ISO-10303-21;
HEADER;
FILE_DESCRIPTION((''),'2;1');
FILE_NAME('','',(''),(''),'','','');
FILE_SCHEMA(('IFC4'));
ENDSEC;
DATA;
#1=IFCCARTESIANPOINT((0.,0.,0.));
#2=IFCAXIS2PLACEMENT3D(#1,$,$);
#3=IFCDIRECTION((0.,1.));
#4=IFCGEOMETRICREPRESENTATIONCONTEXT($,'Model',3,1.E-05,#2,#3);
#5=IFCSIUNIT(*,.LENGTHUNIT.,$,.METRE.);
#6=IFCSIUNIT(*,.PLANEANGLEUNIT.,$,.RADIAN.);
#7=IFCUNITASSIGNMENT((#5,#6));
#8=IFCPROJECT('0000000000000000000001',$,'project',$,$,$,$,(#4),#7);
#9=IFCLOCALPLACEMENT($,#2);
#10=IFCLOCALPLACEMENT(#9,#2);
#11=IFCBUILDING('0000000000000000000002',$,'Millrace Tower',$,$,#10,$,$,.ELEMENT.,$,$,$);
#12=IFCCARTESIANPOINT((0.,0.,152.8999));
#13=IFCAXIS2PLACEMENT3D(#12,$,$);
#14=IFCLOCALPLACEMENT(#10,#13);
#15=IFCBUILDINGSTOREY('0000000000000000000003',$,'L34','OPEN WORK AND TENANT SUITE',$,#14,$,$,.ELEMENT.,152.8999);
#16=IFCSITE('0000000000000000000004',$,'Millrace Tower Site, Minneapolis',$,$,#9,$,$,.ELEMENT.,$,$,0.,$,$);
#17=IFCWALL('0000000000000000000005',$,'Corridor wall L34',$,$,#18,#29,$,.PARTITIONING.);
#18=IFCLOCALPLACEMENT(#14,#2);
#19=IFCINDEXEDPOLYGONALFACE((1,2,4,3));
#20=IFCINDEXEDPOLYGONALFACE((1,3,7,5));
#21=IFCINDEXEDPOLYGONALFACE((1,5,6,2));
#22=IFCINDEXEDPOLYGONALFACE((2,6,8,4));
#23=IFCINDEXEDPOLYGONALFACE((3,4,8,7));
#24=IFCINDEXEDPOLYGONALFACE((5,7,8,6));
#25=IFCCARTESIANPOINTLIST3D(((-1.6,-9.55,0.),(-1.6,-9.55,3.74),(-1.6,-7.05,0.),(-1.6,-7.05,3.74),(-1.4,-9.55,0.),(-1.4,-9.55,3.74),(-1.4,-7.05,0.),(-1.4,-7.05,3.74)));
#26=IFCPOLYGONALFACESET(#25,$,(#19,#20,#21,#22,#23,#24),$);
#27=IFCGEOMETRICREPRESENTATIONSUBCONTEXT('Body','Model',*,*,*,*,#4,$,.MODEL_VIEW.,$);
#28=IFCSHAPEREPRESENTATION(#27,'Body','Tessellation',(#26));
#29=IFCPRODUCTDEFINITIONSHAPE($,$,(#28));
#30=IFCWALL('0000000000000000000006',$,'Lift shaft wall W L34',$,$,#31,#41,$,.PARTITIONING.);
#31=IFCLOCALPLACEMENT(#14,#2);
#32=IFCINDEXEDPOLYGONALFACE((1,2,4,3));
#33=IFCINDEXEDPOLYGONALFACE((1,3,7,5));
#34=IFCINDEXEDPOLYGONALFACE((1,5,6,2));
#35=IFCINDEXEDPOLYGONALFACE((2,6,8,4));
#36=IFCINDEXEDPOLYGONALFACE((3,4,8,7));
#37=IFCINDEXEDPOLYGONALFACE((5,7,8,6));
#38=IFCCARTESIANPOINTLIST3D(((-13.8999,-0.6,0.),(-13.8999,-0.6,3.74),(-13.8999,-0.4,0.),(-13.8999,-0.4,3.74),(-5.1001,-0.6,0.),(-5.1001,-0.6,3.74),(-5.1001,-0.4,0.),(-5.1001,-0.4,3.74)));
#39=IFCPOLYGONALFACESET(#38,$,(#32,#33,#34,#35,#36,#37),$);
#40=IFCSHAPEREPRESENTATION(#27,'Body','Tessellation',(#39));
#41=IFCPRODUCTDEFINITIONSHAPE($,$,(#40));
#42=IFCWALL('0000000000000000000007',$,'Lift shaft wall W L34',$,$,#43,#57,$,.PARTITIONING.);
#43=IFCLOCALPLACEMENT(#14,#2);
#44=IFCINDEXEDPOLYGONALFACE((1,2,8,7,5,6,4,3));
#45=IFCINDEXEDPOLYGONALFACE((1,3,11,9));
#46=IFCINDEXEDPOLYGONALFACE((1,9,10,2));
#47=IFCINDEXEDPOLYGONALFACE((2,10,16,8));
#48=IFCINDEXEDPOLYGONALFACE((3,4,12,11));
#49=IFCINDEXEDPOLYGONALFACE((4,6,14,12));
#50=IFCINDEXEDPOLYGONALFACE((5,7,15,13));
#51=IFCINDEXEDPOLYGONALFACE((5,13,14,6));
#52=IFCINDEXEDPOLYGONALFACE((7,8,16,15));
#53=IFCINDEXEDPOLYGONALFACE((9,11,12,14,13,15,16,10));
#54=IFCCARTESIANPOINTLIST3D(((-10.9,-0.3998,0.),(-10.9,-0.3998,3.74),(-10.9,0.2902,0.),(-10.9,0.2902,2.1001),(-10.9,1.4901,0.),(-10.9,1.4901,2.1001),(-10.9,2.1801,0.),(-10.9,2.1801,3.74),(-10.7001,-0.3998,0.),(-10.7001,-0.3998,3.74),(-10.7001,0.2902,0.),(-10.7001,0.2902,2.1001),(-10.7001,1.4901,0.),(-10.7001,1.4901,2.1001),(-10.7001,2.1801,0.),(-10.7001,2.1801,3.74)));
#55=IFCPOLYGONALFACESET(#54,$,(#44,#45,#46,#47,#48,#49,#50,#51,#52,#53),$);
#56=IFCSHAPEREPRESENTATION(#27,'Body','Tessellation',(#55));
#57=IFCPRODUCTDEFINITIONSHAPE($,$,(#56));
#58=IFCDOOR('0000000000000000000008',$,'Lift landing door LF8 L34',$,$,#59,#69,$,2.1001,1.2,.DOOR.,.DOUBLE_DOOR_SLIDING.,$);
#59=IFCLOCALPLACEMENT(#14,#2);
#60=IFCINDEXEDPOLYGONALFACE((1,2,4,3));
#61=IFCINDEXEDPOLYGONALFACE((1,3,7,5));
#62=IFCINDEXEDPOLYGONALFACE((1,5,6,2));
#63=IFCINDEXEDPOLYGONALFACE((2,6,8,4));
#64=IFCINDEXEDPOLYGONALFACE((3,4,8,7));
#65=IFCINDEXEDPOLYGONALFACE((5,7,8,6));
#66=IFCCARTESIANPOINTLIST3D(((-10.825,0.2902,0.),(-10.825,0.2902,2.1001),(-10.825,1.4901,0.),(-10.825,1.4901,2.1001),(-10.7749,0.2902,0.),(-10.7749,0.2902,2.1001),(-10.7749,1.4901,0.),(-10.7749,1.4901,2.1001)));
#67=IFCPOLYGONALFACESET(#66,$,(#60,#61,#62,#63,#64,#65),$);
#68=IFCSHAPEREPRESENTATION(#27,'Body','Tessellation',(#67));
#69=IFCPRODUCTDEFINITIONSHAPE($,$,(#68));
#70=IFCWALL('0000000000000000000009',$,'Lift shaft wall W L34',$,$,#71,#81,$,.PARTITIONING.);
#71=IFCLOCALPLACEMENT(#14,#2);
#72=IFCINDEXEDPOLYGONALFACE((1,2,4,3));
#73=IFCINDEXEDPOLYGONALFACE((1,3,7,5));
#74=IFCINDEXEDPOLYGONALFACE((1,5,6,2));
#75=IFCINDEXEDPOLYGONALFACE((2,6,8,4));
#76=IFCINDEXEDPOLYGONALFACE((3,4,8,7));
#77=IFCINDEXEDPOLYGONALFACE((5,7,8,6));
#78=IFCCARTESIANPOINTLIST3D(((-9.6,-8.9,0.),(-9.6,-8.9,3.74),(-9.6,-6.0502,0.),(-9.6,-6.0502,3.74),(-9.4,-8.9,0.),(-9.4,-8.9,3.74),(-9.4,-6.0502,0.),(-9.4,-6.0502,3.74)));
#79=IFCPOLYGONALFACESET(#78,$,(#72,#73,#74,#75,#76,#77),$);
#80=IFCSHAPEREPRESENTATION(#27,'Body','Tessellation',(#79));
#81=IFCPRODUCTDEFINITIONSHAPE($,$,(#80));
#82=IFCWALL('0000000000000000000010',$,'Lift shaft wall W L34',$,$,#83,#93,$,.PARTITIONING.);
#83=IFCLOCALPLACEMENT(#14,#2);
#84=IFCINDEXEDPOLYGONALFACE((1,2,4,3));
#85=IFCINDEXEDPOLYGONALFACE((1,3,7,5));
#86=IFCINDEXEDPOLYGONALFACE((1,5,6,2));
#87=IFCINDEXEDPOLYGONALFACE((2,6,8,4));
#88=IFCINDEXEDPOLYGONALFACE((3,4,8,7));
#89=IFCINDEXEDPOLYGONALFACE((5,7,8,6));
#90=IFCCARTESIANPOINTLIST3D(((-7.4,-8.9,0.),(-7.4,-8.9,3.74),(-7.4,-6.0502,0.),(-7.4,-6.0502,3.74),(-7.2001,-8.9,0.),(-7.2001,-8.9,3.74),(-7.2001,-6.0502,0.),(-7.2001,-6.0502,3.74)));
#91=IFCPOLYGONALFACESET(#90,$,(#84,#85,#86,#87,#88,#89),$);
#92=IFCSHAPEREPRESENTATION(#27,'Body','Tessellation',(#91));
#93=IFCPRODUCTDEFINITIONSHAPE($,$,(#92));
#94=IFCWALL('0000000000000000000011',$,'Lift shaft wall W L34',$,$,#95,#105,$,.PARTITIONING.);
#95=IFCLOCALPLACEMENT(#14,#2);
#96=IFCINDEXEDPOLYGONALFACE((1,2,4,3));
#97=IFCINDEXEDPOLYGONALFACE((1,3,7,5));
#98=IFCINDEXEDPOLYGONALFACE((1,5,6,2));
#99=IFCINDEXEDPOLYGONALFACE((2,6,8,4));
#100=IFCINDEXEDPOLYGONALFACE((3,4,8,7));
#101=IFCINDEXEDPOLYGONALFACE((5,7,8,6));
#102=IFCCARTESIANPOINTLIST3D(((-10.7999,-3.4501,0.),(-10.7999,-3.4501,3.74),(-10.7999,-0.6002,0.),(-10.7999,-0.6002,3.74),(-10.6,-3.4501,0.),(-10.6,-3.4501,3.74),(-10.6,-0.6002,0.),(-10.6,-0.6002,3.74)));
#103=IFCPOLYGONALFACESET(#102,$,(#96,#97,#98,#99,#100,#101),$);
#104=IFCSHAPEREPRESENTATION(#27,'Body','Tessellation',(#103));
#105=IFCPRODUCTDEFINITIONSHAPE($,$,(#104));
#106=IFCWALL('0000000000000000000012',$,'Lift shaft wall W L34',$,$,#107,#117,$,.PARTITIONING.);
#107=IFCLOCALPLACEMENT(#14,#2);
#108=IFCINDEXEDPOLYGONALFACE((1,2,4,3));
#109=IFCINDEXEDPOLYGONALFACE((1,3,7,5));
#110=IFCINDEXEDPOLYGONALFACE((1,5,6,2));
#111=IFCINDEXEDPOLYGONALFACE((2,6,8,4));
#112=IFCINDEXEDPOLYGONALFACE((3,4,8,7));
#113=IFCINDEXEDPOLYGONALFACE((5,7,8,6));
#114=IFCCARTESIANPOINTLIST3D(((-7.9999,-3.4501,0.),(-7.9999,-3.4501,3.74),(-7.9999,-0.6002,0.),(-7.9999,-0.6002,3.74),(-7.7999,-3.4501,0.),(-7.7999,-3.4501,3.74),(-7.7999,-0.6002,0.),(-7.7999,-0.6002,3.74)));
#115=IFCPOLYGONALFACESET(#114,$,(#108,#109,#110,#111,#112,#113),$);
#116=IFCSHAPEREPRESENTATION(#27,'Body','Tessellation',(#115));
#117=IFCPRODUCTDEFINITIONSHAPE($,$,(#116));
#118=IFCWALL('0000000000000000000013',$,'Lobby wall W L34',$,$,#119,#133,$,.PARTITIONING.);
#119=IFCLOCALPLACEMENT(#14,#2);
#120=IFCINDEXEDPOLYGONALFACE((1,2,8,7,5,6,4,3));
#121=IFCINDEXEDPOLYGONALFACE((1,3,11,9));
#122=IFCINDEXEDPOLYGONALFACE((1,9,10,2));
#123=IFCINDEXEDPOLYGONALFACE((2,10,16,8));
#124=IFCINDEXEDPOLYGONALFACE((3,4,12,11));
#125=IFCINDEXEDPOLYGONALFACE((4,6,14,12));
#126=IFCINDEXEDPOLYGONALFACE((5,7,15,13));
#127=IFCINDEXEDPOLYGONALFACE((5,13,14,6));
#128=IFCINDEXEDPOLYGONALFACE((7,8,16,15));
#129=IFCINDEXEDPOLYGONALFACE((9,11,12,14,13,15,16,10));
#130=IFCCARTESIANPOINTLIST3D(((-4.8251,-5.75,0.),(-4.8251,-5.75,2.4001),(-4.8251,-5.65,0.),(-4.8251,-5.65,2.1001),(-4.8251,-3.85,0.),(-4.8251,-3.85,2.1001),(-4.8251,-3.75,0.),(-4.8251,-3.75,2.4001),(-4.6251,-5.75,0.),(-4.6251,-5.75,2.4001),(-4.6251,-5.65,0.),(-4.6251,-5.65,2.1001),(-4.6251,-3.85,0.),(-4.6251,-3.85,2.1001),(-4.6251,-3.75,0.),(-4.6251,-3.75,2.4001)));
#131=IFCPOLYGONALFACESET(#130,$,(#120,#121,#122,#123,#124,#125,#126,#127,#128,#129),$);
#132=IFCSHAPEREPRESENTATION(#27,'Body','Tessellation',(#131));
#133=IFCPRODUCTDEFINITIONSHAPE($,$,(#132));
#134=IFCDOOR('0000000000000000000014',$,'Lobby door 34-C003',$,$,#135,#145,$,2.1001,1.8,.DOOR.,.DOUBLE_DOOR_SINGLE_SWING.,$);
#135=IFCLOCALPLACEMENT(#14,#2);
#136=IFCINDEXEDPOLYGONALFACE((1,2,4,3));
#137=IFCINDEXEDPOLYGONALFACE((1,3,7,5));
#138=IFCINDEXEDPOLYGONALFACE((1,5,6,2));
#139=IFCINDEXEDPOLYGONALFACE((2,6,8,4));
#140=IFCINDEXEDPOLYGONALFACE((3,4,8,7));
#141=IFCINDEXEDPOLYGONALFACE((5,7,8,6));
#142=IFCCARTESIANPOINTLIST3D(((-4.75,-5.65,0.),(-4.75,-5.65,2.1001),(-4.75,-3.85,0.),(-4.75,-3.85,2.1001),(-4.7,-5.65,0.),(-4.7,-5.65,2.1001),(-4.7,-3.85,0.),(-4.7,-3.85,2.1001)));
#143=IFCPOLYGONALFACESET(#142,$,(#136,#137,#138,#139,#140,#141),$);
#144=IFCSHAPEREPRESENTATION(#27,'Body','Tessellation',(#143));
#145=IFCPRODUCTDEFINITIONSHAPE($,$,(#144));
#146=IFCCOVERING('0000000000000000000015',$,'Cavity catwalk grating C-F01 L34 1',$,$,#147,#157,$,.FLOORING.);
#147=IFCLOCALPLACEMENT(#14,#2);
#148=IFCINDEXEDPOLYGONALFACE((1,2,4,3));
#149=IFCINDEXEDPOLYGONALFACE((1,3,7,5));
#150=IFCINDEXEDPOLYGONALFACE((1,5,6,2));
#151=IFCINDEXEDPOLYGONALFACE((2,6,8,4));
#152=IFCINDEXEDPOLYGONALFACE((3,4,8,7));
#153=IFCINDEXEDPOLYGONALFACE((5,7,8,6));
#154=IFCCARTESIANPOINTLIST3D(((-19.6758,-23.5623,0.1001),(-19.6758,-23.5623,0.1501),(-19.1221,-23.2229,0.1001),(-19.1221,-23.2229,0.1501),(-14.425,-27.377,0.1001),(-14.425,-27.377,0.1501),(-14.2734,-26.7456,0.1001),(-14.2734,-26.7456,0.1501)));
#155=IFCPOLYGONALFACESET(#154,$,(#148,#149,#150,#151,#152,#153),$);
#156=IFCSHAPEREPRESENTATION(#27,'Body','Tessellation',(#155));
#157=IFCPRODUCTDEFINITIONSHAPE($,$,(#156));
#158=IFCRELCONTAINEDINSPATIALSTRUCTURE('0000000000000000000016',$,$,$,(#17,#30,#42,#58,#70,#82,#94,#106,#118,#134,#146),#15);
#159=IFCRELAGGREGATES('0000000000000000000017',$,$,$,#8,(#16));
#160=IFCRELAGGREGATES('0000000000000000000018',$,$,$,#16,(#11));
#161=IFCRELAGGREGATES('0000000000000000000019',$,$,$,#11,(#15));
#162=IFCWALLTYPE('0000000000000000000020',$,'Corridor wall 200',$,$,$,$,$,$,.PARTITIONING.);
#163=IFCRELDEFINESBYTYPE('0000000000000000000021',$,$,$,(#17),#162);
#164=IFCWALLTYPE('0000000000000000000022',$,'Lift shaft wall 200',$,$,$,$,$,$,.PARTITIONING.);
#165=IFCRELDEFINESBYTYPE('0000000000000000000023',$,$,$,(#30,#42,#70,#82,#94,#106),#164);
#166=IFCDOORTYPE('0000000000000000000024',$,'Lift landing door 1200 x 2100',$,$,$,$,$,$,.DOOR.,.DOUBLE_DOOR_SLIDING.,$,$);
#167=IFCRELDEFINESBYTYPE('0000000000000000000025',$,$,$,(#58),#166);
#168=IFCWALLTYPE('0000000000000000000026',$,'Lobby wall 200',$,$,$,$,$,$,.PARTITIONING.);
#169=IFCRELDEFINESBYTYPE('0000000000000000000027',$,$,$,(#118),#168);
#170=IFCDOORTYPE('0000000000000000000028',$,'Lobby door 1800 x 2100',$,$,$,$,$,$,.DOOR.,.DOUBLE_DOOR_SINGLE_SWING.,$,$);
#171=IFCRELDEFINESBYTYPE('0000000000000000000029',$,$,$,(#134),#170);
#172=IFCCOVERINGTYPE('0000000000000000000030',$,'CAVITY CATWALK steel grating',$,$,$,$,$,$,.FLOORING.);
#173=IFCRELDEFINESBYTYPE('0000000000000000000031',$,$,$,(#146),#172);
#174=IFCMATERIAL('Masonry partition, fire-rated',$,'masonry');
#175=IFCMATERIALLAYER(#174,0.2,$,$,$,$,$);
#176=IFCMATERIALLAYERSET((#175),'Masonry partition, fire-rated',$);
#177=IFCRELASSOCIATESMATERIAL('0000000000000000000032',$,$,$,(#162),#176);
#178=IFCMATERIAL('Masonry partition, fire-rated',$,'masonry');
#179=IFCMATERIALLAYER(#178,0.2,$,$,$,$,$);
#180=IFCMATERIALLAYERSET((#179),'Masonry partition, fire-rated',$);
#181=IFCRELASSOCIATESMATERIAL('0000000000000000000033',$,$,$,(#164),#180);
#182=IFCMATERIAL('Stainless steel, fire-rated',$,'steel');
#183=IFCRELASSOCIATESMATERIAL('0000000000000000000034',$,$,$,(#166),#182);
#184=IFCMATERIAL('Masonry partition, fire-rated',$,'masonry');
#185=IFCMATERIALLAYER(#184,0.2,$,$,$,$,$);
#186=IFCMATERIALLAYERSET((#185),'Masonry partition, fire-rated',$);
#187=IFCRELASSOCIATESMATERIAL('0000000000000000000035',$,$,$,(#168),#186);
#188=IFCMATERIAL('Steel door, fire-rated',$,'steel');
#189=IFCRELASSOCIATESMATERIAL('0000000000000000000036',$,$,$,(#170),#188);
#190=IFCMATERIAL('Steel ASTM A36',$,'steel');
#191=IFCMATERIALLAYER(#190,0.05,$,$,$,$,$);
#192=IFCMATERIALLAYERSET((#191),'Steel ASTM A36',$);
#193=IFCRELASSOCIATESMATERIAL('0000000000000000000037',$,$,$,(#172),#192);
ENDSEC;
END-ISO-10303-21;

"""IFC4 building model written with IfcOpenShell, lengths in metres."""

from ifc_helpers import new_model, si_unit, direction, frame, frame_2d, origin, place, context, subcontext, project, spatial, polyline, rectangle, outline, extrude, material, layer, layer_set, type_object, element, fill, save


model = new_model("IFC4")

# Units and contexts
model_context = context("Model", 3, precision=1e-05, world=origin(), true_north=direction((0.0, 1.0)))
body_context = subcontext(model_context, "Body", "Model", "MODEL_VIEW")
ifc_project = project(units=[si_unit("LENGTHUNIT", "METRE"), si_unit("PLANEANGLEUNIT", "RADIAN")], contexts=[model_context])

# Site, building, storey
site_placement = place(None, origin())
site = spatial("IfcSite", under=ifc_project, at=site_placement, Name="Millrace Tower Site, Minneapolis", CompositionType="ELEMENT", RefElevation=0.0)
building_placement = place(site_placement, origin())
building = spatial("IfcBuilding", under=site, at=building_placement, Name="Millrace Tower", CompositionType="ELEMENT")
storey_placement = place(building_placement, frame((0.0, 0.0, 152.8999)))
storey = spatial("IfcBuildingStorey", under=building, at=storey_placement, Name="L34", Description="OPEN WORK AND TENANT SUITE", CompositionType="ELEMENT", Elevation=152.8999)

# Shared definitions
ifc_material_1 = material(Name="Masonry partition, fire-rated", Category="masonry")
ifc_layer_1 = layer(ifc_material_1, 0.2)
ifc_layer_set_1 = layer_set([ifc_layer_1], Name="Masonry partition, fire-rated")
wall_type_1 = type_object("IfcWallType", Name="Corridor wall 200", PredefinedType="PARTITIONING", material=ifc_layer_set_1)

# Walls
wall_1_placement = place(storey_placement, frame((-1.5, -9.55, 0.0), z_axis=(0.0, 0.0, 1.0), x_axis=(0.0, 1.0, 0.0)))
element("IfcWall", 1, at=wall_1_placement, inside=storey, type_object=wall_type_1, Name="Corridor wall L34", PredefinedType="PARTITIONING", context=body_context, shape_type="SweptSolid", body=[
    extrude(rectangle(XDim=2.5, YDim=0.2, at=frame_2d((1.25, 0.0))), origin(), (0.0, 0.0, 1.0), 3.74),
])
ifc_material_2 = material(Name="Masonry partition, fire-rated", Category="masonry")
ifc_layer_2 = layer(ifc_material_2, 0.2)
ifc_layer_set_2 = layer_set([ifc_layer_2], Name="Masonry partition, fire-rated")
wall_type_2 = type_object("IfcWallType", Name="Lift shaft wall 200", PredefinedType="PARTITIONING", material=ifc_layer_set_2)
wall_2_placement = place(storey_placement, frame((-13.8999, -0.5, 0.0), z_axis=(0.0, 0.0, 1.0), x_axis=(1.0, 0.0, 0.0)))
element("IfcWall", 2, at=wall_2_placement, inside=storey, type_object=wall_type_2, Name="Lift shaft wall W L34", PredefinedType="PARTITIONING", context=body_context, shape_type="SweptSolid", body=[
    extrude(rectangle(XDim=8.7998, YDim=0.2, at=frame_2d((4.3999, 0.0))), origin(), (0.0, 0.0, 1.0), 3.74),
])

# Wall, opening, door
wall_3_placement = place(storey_placement, frame((-10.8, -0.3999, 0.0), z_axis=(0.0, 0.0, 1.0), x_axis=(0.0, 1.0, 0.0)))
wall_3 = element("IfcWall", 3, at=wall_3_placement, inside=storey, type_object=wall_type_2, Name="Lift shaft wall W L34", PredefinedType="PARTITIONING", context=body_context, shape_type="SweptSolid", body=[
    extrude(rectangle(XDim=2.5798, YDim=0.2, at=frame_2d((1.29, 0.0))), origin(), (0.0, 0.0, 1.0), 3.74),
])
opening_1_placement = place(wall_3_placement, frame((0.6899, 0.0, 0.0)))
opening_1 = element("IfcOpeningElement", 4, at=opening_1_placement, cuts=wall_3, PredefinedType="OPENING", context=body_context, shape_type="SweptSolid", body=[
    extrude(rectangle(XDim=1.2, YDim=2.1001, at=frame_2d((0.6001, 1.05))), frame((0.0, 0.1099, 0.0), z_axis=(0.0, -1.0, 0.0), x_axis=(1.0, 0.0, 0.0)), (0.0, 0.0, 1.0), 0.22),
])
ifc_material_3 = material(Name="Stainless steel, fire-rated", Category="steel")
door_type_1 = type_object("IfcDoorType", Name="Lift landing door 1200 x 2100", OperationType="DOUBLE_DOOR_SLIDING", PredefinedType="DOOR", material=ifc_material_3)
door_1_placement = place(opening_1_placement, origin())
door_1 = element("IfcDoor", 5, at=door_1_placement, inside=storey, type_object=door_type_1, Name="Lift landing door LF8 L34", OperationType="DOUBLE_DOOR_SLIDING", OverallHeight=2.1001, OverallWidth=1.2, PredefinedType="DOOR", context=body_context, shape_type="SweptSolid", body=[
    extrude(rectangle(XDim=1.2, YDim=2.1001, at=frame_2d((0.6001, 1.05))), frame((0.0, 0.0249, 0.0), z_axis=(0.0, -1.0, 0.0), x_axis=(1.0, 0.0, 0.0)), (0.0, 0.0, 1.0), 0.05),
])
fill(opening_1, door_1)

# Walls
for number, where, z_axis, x_axis, name in (
    (6, (-9.5, -8.8999, 0.0), (0.0, 0.0, 1.0), (0.0, 1.0, 0.0), "Lift shaft wall W L34"),
    (7, (-7.3, -8.8999, 0.0), (0.0, 0.0, 1.0), (0.0, 1.0, 0.0), "Lift shaft wall W L34"),
    (8, (-10.7, -3.45, 0.0), (0.0, 0.0, 1.0), (0.0, 1.0, 0.0), "Lift shaft wall W L34"),
    (9, (-7.8999, -3.45, 0.0), (0.0, 0.0, 1.0), (0.0, 1.0, 0.0), "Lift shaft wall W L34"),
):
    element("IfcWall", number, at=place(storey_placement, frame(where, z_axis=z_axis, x_axis=x_axis)), inside=storey, type_object=wall_type_2, Name=name, PredefinedType="PARTITIONING", context=body_context, shape_type="SweptSolid", body=[
        extrude(rectangle(XDim=2.8499, YDim=0.2, at=frame_2d((1.4248, 0.0))), origin(), (0.0, 0.0, 1.0), 3.74),
    ])

# Wall, opening, door
ifc_material_4 = material(Name="Masonry partition, fire-rated", Category="masonry")
ifc_layer_3 = layer(ifc_material_4, 0.2)
ifc_layer_set_3 = layer_set([ifc_layer_3], Name="Masonry partition, fire-rated")
wall_type_3 = type_object("IfcWallType", Name="Lobby wall 200", PredefinedType="PARTITIONING", material=ifc_layer_set_3)
wall_4_placement = place(storey_placement, frame((-4.7251, -5.75, 0.0), z_axis=(0.0, 0.0, 1.0), x_axis=(0.0, 1.0, 0.0)))
wall_4 = element("IfcWall", 10, at=wall_4_placement, inside=storey, type_object=wall_type_3, Name="Lobby wall W L34", PredefinedType="PARTITIONING", context=body_context, shape_type="SweptSolid", body=[
    extrude(rectangle(XDim=2.0, YDim=0.2, at=frame_2d((1.0, 0.0))), origin(), (0.0, 0.0, 1.0), 2.4001),
])
opening_2_placement = place(wall_4_placement, frame((0.1001, 0.0, 0.0)))
opening_2 = element("IfcOpeningElement", 11, at=opening_2_placement, cuts=wall_4, PredefinedType="OPENING", context=body_context, shape_type="SweptSolid", body=[
    extrude(rectangle(XDim=1.8, YDim=2.1001, at=frame_2d((0.8999, 1.05))), frame((0.0, 0.1099, 0.0), z_axis=(0.0, -1.0, 0.0), x_axis=(1.0, 0.0, 0.0)), (0.0, 0.0, 1.0), 0.22),
])
ifc_material_5 = material(Name="Steel door, fire-rated", Category="steel")
door_type_2 = type_object("IfcDoorType", Name="Lobby door 1800 x 2100", OperationType="DOUBLE_DOOR_SINGLE_SWING", PredefinedType="DOOR", material=ifc_material_5)
door_2_placement = place(opening_2_placement, origin())
door_2 = element("IfcDoor", 12, at=door_2_placement, inside=storey, type_object=door_type_2, Name="Lobby door 34-C003", OperationType="DOUBLE_DOOR_SINGLE_SWING", OverallHeight=2.1001, OverallWidth=1.8, PredefinedType="DOOR", context=body_context, shape_type="SweptSolid", body=[
    extrude(rectangle(XDim=1.8, YDim=2.1001, at=frame_2d((0.8999, 1.05))), frame((0.0, 0.0249, 0.0), z_axis=(0.0, -1.0, 0.0), x_axis=(1.0, 0.0, 0.0)), (0.0, 0.0, 1.0), 0.05),
])
fill(opening_2, door_2)

# Covering
ifc_material_6 = material(Name="Steel ASTM A36", Category="steel")
ifc_layer_4 = layer(ifc_material_6, 0.05)
ifc_layer_set_4 = layer_set([ifc_layer_4], Name="Steel ASTM A36")
covering_type = type_object("IfcCoveringType", Name="CAVITY CATWALK steel grating", PredefinedType="FLOORING", material=ifc_layer_set_4)
covering_placement = place(storey_placement, frame((0.0, 0.0, 0.1001)))
element("IfcCovering", 13, at=covering_placement, inside=storey, type_object=covering_type, Name="Cavity catwalk grating C-F01 L34 1", PredefinedType="FLOORING", context=body_context, shape_type="SweptSolid", body=[
    extrude(outline(polyline([(-19.6758, -23.5623), (-14.425, -27.377), (-14.2734, -26.7456), (-19.1221, -23.2229), (-19.6758, -23.5623)])), origin(), (0.0, 0.0, 1.0), 0.05),
])

save(model, "model.ifc")
